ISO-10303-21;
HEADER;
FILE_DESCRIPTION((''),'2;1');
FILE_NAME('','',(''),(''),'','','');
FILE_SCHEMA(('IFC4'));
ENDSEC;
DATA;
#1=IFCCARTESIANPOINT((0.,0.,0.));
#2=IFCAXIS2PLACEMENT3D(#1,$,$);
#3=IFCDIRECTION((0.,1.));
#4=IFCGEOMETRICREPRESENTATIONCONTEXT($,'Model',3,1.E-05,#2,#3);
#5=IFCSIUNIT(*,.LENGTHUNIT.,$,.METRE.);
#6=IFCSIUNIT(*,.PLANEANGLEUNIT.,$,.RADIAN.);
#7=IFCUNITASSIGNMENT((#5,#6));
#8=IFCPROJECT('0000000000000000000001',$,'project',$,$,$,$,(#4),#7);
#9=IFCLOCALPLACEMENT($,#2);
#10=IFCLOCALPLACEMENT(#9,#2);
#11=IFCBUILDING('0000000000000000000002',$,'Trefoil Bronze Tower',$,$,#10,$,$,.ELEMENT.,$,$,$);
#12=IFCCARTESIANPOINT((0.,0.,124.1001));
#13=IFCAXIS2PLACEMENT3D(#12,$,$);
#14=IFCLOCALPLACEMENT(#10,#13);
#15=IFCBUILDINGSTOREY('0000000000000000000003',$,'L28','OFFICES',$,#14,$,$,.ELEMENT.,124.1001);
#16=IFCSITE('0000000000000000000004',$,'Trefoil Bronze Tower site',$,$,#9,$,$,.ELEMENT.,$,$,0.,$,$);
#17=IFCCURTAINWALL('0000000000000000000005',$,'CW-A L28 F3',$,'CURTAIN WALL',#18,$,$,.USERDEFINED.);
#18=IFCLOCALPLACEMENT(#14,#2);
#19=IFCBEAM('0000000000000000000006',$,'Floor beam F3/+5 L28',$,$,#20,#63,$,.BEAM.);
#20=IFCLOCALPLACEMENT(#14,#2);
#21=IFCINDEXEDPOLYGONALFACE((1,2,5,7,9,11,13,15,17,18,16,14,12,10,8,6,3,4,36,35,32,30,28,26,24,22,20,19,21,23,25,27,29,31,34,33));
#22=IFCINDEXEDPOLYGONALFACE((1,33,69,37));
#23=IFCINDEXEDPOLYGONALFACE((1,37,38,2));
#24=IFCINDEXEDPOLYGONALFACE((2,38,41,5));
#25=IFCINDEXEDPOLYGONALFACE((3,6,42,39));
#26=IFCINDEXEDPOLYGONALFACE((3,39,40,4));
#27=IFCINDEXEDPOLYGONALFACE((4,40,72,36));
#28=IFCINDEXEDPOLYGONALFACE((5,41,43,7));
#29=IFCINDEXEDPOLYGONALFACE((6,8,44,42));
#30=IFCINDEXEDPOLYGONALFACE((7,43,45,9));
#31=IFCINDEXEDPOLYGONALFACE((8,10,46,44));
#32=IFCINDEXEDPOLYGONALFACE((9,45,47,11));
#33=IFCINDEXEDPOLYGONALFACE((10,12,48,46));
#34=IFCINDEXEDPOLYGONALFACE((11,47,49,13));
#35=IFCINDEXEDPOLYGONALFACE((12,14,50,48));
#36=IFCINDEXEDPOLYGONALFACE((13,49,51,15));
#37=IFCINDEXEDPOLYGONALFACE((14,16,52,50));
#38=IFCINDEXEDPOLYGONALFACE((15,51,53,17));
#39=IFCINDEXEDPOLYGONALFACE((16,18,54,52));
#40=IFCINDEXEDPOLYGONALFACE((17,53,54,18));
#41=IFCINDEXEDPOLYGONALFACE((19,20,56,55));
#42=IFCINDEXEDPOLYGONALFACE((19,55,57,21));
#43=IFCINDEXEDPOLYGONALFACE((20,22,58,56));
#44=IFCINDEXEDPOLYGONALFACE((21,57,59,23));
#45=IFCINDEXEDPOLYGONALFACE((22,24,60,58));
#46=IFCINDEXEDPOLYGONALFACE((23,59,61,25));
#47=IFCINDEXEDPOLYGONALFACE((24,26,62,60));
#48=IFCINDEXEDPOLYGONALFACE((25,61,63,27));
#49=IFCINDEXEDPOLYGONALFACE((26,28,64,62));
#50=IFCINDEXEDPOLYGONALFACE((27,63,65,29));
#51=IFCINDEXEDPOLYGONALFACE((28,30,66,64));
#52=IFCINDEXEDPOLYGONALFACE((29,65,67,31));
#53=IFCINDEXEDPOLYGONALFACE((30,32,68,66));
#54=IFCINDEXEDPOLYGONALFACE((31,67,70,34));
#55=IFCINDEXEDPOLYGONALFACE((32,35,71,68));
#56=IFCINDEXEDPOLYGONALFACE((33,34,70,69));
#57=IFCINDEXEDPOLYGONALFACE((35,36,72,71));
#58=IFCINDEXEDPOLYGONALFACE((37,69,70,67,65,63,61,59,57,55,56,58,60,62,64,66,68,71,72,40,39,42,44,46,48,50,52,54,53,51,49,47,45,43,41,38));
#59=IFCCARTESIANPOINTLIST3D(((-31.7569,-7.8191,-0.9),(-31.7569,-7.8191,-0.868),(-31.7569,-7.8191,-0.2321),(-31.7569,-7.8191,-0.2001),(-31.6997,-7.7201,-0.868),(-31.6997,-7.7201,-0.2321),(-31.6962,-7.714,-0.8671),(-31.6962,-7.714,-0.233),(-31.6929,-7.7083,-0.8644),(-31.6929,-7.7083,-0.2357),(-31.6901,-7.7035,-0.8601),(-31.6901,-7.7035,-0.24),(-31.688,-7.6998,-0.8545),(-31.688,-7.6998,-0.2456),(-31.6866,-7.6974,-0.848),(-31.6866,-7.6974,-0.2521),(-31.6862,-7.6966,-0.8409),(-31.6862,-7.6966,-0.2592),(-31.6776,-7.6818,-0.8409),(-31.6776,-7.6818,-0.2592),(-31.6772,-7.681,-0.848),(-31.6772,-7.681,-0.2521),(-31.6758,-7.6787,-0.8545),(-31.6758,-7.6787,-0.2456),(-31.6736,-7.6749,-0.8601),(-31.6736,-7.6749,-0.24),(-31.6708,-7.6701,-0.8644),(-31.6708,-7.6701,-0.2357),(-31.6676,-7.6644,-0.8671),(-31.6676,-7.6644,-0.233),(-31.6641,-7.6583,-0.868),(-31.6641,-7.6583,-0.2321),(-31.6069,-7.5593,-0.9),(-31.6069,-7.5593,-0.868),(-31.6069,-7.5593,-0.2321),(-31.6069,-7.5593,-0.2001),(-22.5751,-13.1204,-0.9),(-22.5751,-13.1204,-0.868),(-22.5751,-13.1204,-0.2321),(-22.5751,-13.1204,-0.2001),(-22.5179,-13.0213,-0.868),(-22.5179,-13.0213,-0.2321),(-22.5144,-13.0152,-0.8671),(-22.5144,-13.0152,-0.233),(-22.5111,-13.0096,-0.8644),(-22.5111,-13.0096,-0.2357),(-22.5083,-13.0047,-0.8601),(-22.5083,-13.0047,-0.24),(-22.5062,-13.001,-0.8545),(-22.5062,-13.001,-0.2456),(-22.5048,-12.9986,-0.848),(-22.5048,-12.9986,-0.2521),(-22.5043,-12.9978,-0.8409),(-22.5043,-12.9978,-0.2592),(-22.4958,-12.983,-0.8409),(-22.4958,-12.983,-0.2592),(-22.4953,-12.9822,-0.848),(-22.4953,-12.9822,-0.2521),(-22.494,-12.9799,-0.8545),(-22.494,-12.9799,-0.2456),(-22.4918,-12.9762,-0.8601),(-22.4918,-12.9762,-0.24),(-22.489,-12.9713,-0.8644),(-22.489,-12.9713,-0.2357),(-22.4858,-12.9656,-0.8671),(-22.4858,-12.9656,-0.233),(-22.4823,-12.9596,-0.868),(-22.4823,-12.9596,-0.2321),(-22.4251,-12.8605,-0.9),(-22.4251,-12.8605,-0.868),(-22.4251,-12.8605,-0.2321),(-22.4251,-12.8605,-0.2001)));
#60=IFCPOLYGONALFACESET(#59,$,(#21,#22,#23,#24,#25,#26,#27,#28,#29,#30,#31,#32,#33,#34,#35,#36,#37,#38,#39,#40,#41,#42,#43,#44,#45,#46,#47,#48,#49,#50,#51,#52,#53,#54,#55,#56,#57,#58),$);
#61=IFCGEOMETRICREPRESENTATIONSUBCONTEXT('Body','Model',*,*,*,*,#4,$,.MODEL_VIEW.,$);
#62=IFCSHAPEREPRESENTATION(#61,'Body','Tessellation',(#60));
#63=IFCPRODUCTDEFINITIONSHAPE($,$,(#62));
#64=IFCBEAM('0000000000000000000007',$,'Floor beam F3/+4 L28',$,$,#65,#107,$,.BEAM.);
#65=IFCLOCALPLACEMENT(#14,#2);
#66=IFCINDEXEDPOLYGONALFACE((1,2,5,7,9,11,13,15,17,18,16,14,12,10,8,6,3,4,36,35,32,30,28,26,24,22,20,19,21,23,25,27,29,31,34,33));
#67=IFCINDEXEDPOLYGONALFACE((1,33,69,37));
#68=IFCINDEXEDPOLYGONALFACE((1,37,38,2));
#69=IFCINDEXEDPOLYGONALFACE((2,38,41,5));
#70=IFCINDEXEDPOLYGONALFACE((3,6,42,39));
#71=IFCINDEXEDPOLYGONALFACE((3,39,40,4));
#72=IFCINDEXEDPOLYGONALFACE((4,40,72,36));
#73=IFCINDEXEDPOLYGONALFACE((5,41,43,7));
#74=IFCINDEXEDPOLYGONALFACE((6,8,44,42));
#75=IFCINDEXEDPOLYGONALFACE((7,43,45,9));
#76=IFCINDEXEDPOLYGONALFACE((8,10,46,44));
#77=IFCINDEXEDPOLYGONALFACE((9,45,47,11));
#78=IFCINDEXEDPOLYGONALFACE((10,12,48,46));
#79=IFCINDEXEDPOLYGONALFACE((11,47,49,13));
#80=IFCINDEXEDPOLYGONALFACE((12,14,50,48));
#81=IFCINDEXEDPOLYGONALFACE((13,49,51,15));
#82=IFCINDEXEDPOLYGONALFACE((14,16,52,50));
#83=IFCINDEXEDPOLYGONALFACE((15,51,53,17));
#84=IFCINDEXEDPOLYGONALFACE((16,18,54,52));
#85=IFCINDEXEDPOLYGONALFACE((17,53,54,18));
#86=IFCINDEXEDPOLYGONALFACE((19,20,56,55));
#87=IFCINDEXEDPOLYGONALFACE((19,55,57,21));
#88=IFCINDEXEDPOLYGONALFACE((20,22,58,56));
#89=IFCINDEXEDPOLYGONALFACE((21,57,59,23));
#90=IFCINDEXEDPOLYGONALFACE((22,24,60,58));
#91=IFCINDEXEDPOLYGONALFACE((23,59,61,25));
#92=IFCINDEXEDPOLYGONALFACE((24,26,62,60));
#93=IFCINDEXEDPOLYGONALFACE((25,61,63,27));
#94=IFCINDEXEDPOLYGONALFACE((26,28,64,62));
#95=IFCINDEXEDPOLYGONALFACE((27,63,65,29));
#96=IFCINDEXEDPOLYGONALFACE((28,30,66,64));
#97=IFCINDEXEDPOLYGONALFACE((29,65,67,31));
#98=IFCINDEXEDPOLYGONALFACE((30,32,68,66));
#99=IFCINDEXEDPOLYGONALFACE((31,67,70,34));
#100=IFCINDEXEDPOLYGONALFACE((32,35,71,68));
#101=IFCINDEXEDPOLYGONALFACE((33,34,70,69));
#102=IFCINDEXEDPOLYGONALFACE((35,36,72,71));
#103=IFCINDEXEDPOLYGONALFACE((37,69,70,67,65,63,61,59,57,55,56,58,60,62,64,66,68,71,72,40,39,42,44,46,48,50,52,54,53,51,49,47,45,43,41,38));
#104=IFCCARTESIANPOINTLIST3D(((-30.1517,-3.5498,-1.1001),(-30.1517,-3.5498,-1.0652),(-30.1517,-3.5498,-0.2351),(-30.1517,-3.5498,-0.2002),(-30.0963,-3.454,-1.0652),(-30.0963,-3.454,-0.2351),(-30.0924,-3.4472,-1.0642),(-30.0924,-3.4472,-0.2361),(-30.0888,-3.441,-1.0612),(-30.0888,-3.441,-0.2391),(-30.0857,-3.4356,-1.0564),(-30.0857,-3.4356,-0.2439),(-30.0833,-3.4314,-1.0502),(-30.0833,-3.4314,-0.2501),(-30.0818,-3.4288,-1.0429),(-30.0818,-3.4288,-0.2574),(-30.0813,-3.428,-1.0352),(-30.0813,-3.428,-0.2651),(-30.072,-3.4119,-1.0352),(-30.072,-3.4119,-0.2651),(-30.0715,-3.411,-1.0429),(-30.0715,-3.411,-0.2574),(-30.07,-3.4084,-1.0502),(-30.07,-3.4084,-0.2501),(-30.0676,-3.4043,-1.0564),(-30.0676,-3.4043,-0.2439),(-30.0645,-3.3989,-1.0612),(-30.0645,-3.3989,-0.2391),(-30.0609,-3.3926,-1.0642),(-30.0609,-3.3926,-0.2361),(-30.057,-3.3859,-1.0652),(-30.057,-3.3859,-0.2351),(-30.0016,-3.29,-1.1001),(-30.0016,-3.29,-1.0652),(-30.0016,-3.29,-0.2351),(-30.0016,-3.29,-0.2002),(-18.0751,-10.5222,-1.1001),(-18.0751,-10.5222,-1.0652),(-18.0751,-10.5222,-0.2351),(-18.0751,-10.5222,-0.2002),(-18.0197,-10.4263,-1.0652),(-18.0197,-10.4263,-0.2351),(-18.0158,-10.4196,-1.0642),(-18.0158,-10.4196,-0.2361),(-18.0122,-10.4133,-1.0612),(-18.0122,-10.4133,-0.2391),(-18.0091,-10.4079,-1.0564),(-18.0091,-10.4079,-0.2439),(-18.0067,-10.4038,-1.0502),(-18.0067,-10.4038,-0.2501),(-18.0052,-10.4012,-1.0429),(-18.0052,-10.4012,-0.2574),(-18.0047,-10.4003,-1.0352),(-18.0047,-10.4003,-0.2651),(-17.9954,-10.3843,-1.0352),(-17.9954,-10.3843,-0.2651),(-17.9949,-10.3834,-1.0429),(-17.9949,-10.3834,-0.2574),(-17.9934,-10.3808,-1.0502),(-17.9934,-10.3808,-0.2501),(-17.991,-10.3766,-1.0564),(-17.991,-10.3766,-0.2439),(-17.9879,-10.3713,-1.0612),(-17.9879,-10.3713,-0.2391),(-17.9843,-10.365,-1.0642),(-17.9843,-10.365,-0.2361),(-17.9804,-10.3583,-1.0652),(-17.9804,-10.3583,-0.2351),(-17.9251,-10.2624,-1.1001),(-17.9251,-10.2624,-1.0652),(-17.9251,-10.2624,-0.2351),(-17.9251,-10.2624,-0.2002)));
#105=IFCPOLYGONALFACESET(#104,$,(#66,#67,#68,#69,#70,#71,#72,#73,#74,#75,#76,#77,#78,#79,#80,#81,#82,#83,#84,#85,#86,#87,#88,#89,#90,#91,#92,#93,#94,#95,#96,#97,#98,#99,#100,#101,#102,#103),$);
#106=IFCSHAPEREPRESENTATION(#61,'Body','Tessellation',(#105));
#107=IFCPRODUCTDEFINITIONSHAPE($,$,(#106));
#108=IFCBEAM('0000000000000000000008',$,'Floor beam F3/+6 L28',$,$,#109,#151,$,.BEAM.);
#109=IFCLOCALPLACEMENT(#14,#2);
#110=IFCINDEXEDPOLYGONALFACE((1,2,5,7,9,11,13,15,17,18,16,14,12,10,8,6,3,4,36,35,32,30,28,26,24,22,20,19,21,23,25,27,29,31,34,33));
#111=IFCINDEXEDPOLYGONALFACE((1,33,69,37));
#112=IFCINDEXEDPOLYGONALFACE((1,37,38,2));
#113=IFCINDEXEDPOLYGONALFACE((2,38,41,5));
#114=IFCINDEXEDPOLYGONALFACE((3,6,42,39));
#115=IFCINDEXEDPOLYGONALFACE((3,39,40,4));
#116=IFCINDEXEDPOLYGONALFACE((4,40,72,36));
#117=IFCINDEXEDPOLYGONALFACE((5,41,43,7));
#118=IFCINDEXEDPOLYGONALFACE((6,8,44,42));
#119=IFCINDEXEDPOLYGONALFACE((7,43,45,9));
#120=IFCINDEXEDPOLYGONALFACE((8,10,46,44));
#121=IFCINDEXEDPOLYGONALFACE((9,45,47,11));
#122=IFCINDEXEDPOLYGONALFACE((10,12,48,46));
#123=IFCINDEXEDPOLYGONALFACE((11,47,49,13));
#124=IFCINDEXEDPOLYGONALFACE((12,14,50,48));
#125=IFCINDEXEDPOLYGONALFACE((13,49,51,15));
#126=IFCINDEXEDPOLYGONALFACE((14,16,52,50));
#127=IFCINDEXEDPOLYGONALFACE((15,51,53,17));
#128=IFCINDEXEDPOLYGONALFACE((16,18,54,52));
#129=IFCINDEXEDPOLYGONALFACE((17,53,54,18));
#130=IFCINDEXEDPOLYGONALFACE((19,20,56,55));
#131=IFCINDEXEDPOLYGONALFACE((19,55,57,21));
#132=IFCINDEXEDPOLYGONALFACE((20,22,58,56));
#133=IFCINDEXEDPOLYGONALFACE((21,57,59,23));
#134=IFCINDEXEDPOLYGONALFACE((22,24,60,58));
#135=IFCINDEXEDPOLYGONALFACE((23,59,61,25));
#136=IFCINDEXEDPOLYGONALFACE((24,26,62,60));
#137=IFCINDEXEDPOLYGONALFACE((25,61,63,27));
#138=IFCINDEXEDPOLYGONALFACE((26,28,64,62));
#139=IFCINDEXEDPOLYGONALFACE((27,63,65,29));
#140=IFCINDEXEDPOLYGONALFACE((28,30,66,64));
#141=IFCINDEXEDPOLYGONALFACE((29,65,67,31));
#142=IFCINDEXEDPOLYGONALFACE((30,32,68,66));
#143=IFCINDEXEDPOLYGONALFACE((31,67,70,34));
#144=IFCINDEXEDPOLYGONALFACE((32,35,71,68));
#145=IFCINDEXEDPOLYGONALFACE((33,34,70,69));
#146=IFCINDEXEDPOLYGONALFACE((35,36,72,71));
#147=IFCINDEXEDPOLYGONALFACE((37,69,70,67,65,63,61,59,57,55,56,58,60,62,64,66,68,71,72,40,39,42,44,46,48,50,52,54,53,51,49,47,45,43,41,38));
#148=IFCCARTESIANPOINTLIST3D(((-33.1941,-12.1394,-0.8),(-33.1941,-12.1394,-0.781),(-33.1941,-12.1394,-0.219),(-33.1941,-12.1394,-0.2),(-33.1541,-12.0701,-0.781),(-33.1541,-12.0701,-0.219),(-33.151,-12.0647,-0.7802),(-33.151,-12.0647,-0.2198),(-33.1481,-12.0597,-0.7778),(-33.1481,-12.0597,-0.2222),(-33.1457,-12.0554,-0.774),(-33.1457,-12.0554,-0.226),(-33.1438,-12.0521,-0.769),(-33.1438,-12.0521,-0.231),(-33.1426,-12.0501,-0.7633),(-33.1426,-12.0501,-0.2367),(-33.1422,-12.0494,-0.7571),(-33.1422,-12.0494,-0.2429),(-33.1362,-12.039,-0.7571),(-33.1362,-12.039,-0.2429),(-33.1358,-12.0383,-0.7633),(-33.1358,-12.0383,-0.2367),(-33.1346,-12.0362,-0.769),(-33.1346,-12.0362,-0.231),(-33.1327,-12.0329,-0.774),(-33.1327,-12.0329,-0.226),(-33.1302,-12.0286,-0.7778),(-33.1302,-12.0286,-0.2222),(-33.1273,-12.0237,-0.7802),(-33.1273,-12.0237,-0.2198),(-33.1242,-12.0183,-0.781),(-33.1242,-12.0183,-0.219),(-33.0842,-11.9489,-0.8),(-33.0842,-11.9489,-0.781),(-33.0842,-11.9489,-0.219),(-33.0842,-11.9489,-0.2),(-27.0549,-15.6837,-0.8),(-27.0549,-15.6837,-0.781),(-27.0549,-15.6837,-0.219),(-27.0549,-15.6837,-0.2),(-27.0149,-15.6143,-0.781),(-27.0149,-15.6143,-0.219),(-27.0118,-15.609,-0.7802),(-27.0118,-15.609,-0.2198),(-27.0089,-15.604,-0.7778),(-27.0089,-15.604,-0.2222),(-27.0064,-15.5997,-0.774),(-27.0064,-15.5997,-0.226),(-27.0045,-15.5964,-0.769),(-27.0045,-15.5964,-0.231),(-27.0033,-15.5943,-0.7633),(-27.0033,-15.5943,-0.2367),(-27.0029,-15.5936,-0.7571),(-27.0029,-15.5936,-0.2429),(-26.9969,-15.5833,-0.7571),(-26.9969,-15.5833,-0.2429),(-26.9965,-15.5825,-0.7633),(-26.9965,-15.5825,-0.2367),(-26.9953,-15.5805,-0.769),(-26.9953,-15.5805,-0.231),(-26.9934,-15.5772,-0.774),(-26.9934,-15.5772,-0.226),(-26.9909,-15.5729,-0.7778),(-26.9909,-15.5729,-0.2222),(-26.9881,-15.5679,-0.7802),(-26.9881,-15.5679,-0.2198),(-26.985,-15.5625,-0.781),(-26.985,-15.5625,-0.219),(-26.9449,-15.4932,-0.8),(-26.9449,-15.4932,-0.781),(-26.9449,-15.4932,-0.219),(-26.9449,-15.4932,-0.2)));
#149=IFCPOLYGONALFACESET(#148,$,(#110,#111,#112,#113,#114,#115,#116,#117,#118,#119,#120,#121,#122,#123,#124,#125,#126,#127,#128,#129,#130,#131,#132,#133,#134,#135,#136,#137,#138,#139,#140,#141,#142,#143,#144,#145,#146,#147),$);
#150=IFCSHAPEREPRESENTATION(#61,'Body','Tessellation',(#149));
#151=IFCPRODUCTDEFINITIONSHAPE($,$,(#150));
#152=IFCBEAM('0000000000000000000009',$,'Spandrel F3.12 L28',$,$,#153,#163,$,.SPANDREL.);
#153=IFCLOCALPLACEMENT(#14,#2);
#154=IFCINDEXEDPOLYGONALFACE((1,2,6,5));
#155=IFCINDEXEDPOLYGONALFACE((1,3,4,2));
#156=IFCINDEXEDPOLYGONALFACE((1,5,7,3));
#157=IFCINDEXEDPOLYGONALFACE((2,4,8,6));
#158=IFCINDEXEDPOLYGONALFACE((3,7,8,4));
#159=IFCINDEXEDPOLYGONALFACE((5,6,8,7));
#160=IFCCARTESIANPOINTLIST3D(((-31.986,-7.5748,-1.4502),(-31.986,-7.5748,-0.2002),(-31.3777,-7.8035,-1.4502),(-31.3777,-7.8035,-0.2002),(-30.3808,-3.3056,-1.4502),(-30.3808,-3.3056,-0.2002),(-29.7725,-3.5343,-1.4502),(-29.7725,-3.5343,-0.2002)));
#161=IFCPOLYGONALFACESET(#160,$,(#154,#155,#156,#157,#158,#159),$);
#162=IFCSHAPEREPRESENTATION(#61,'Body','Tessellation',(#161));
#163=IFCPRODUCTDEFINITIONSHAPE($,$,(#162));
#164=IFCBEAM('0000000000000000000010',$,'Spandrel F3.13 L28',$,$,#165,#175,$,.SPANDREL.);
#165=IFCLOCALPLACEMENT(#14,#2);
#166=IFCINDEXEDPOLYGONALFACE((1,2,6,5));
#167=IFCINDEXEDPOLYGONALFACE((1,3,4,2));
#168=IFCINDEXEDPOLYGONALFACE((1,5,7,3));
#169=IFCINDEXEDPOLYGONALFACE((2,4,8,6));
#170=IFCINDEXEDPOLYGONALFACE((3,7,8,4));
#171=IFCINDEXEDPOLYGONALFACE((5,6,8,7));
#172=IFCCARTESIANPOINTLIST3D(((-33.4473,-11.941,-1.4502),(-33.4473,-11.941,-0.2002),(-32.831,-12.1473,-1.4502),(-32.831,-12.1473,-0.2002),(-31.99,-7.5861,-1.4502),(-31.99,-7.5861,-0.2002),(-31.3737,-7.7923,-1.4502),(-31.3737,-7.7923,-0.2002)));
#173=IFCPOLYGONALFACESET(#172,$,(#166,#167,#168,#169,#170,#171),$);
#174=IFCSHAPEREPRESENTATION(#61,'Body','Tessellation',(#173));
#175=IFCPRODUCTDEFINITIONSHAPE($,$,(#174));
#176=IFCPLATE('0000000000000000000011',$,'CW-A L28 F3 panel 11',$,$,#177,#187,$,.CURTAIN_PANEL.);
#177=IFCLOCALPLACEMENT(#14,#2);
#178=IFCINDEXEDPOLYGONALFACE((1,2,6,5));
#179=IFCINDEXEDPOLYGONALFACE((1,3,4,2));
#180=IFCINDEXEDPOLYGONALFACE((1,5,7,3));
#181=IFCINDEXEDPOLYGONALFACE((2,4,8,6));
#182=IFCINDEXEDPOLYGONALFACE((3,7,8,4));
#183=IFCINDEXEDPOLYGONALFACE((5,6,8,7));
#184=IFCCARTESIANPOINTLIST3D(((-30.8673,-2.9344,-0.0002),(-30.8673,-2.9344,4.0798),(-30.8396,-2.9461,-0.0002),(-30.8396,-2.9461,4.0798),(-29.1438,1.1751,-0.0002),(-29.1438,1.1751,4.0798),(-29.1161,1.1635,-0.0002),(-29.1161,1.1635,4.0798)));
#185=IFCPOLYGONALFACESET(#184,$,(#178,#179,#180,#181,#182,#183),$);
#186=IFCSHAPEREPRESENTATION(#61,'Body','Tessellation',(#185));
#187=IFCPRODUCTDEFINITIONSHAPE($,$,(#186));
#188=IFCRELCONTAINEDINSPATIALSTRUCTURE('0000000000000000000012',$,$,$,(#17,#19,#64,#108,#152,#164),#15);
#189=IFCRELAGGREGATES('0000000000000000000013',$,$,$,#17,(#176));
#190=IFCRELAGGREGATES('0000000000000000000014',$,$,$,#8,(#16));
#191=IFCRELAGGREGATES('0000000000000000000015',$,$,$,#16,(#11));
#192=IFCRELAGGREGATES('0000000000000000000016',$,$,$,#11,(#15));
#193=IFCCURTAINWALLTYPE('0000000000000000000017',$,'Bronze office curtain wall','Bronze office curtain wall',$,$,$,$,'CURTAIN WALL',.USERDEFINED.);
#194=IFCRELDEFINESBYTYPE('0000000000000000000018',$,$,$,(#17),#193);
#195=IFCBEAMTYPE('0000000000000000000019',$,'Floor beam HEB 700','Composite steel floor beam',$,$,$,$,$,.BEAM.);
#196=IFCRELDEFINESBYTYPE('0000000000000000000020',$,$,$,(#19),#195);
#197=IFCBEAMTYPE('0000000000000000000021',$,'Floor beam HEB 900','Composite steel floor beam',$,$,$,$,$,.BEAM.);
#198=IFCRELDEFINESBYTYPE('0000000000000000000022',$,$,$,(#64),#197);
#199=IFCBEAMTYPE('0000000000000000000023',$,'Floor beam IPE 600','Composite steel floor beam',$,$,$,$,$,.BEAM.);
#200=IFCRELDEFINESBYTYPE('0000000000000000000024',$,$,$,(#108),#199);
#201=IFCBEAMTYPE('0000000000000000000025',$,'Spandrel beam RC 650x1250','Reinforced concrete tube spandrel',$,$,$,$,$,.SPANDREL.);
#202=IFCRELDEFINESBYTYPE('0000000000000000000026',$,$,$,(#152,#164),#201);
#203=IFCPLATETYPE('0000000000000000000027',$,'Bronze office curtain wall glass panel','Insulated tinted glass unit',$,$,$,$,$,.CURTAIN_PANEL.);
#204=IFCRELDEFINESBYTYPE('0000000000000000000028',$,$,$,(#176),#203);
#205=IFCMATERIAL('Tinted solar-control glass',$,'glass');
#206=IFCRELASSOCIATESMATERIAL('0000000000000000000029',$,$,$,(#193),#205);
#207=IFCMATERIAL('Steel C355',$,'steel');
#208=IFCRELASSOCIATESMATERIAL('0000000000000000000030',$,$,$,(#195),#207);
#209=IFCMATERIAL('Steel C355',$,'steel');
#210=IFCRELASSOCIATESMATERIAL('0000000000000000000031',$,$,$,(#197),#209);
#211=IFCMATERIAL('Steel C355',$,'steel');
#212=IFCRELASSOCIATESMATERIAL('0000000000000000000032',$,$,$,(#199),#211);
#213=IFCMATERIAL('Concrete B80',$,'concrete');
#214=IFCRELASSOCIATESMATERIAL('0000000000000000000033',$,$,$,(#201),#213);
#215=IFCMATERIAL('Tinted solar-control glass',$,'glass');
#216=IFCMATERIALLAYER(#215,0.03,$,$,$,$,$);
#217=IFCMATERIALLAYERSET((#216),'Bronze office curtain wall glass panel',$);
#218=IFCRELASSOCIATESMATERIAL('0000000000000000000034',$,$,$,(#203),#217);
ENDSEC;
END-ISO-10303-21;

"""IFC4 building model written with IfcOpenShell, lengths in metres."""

from ifc_helpers import new_model, si_unit, direction, frame, origin, origin_2d, place, context, subcontext, project, spatial, rectangle, i_section, extrude, material, layer, layer_set, material_profile, profile_set, type_object, element, aggregate, save


model = new_model("IFC4")

# Units and contexts
model_context = context("Model", 3, precision=1e-05, world=origin(), true_north=direction((0.0, 1.0)))
body_context = subcontext(model_context, "Body", "Model", "MODEL_VIEW")
ifc_project = project(units=[si_unit("LENGTHUNIT", "METRE"), si_unit("PLANEANGLEUNIT", "RADIAN")], contexts=[model_context])

# Site, building, storey
site_placement = place(None, origin())
site = spatial("IfcSite", under=ifc_project, at=site_placement, Name="Trefoil Bronze Tower site", CompositionType="ELEMENT", RefElevation=0.0)
building_placement = place(site_placement, origin())
building = spatial("IfcBuilding", under=site, at=building_placement, Name="Trefoil Bronze Tower", CompositionType="ELEMENT")
storey_placement = place(building_placement, frame((0.0, 0.0, 124.1001)))
storey = spatial("IfcBuildingStorey", under=building, at=storey_placement, Name="L28", Description="OFFICES", CompositionType="ELEMENT", Elevation=124.1001)

# Curtain wall
ifc_material_1 = material(Name="Tinted solar-control glass", Category="glass")
curtain_wall_type_1 = type_object("IfcCurtainWallType", Name="Bronze office curtain wall", Description="Bronze office curtain wall", ElementType="CURTAIN WALL", PredefinedType="USERDEFINED", material=ifc_material_1)
curtain_wall_1_placement = place(storey_placement, origin())
curtain_wall_1 = element("IfcCurtainWall", 1, at=curtain_wall_1_placement, inside=storey, type_object=curtain_wall_type_1, Name="CW-A L28 F3", ObjectType="CURTAIN WALL", PredefinedType="USERDEFINED")

# Beams
ifc_material_2 = material(Name="Steel C355", Category="steel")
ifc_material_profile_1 = material_profile(ifc_material_2, i_section(OverallWidth=0.3, OverallDepth=0.7, WebThickness=0.0171, FlangeThickness=0.032, FilletRadius=0.0271, at=origin_2d()), Name="HEB 700")
ifc_profile_set_1 = profile_set([ifc_material_profile_1], Name="Steel C355")
beam_type_1 = type_object("IfcBeamType", Name="Floor beam HEB 700", Description="Composite steel floor beam", PredefinedType="BEAM", material=ifc_profile_set_1)
beam_1_placement = place(storey_placement, frame((-31.6819, -7.6892, -0.55), z_axis=(0.866021, -0.500007, 0.0), x_axis=(0.500007, 0.866021, 0.0)))
element("IfcBeam", 2, at=beam_1_placement, inside=storey, type_object=beam_type_1, Name="Floor beam F3/+5 L28", PredefinedType="BEAM", context=body_context, shape_type="SweptSolid", body=[
    extrude(i_section(OverallWidth=0.3, OverallDepth=0.7, WebThickness=0.0171, FlangeThickness=0.032, FilletRadius=0.0271, at=origin_2d()), origin(), (0.0, 0.0, 1.0), 10.6023),
])
ifc_material_3 = material(Name="Steel C355", Category="steel")
ifc_material_profile_2 = material_profile(ifc_material_3, i_section(OverallWidth=0.3, OverallDepth=0.8999, WebThickness=0.0186, FlangeThickness=0.0349, FilletRadius=0.03, at=origin_2d()), Name="HEB 900")
ifc_profile_set_2 = profile_set([ifc_material_profile_2], Name="Steel C355")
beam_type_2 = type_object("IfcBeamType", Name="Floor beam HEB 900", Description="Composite steel floor beam", PredefinedType="BEAM", material=ifc_profile_set_2)
beam_2_placement = place(storey_placement, frame((-30.0767, -3.4199, -0.6501), z_axis=(0.866027, -0.499997, 0.0), x_axis=(0.499997, 0.866027, 0.0)))
element("IfcBeam", 3, at=beam_2_placement, inside=storey, type_object=beam_type_2, Name="Floor beam F3/+4 L28", PredefinedType="BEAM", context=body_context, shape_type="SweptSolid", body=[
    extrude(i_section(OverallWidth=0.3, OverallDepth=0.8999, WebThickness=0.0186, FlangeThickness=0.0349, FilletRadius=0.03, at=origin_2d()), origin(), (0.0, 0.0, 1.0), 13.9448),
])
ifc_material_4 = material(Name="Steel C355", Category="steel")
ifc_material_profile_3 = material_profile(ifc_material_4, i_section(OverallWidth=0.22, OverallDepth=0.6001, WebThickness=0.012, FlangeThickness=0.019, FilletRadius=0.0239, at=origin_2d()), Name="IPE 600")
ifc_profile_set_3 = profile_set([ifc_material_profile_3], Name="Steel C355")
beam_type_3 = type_object("IfcBeamType", Name="Floor beam IPE 600", Description="Composite steel floor beam", PredefinedType="BEAM", material=ifc_profile_set_3)
beam_3_placement = place(storey_placement, frame((-33.1392, -12.0442, -0.5), z_axis=(0.866041, -0.499973, 0.0), x_axis=(0.499973, 0.866041, 0.0)))
element("IfcBeam", 4, at=beam_3_placement, inside=storey, type_object=beam_type_3, Name="Floor beam F3/+6 L28", PredefinedType="BEAM", context=body_context, shape_type="SweptSolid", body=[
    extrude(i_section(OverallWidth=0.22, OverallDepth=0.6001, WebThickness=0.012, FlangeThickness=0.019, FilletRadius=0.0239, at=origin_2d()), origin(), (0.0, 0.0, 1.0), 7.0889),
])
ifc_material_5 = material(Name="Concrete B80", Category="concrete")
ifc_material_profile_4 = material_profile(ifc_material_5, rectangle(XDim=0.6499, YDim=1.25, at=origin_2d()), Name="RC 650x1250")
ifc_profile_set_4 = profile_set([ifc_material_profile_4], Name="Concrete B80")
beam_type_4 = type_object("IfcBeamType", Name="Spandrel beam RC 650x1250", Description="Reinforced concrete tube spandrel", PredefinedType="SPANDREL", material=ifc_profile_set_4)
beam_4_placement = place(storey_placement, frame((-30.0767, -3.4199, -0.8252), z_axis=(-0.351939, -0.936023, 0.0), x_axis=(0.936023, -0.351939, 0.0)))
element("IfcBeam", 5, at=beam_4_placement, inside=storey, type_object=beam_type_4, Name="Spandrel F3.12 L28", PredefinedType="SPANDREL", context=body_context, shape_type="SweptSolid", body=[
    extrude(rectangle(XDim=0.6499, YDim=1.25, at=origin_2d()), origin(), (0.0, 0.0, 1.0), 4.561),
])
beam_5_placement = place(storey_placement, frame((-31.6819, -7.6892, -0.8252), z_axis=(-0.317328, -0.948316, 0.0), x_axis=(0.948316, -0.317328, 0.0)))
element("IfcBeam", 6, at=beam_5_placement, inside=storey, type_object=beam_type_4, Name="Spandrel F3.13 L28", PredefinedType="SPANDREL", context=body_context, shape_type="SweptSolid", body=[
    extrude(rectangle(XDim=0.6499, YDim=1.25, at=origin_2d()), origin(), (0.0, 0.0, 1.0), 4.5923),
])

# Plate
ifc_material_6 = material(Name="Tinted solar-control glass", Category="glass")
ifc_layer_1 = layer(ifc_material_6, 0.03)
ifc_layer_set_1 = layer_set([ifc_layer_1], Name="Bronze office curtain wall glass panel")
plate_type_1 = type_object("IfcPlateType", Name="Bronze office curtain wall glass panel", Description="Insulated tinted glass unit", PredefinedType="CURTAIN_PANEL", material=ifc_layer_set_1)
plate_1_placement = place(storey_placement, frame((-29.9917, -0.8855, -0.0002), z_axis=(0.0, 0.0, 1.0), x_axis=(-0.386759, -0.922181, 0.0)))
plate_1 = element("IfcPlate", 7, at=plate_1_placement, type_object=plate_type_1, Name="CW-A L28 F3 panel 11", PredefinedType="CURTAIN_PANEL", context=body_context, shape_type="SweptSolid", body=[
    extrude(rectangle(XDim=4.4563, YDim=0.03, at=origin_2d()), origin(), (0.0, 0.0, 1.0), 4.0801),
])
aggregate(curtain_wall_1, [plate_1])

save(model, "model.ifc")
